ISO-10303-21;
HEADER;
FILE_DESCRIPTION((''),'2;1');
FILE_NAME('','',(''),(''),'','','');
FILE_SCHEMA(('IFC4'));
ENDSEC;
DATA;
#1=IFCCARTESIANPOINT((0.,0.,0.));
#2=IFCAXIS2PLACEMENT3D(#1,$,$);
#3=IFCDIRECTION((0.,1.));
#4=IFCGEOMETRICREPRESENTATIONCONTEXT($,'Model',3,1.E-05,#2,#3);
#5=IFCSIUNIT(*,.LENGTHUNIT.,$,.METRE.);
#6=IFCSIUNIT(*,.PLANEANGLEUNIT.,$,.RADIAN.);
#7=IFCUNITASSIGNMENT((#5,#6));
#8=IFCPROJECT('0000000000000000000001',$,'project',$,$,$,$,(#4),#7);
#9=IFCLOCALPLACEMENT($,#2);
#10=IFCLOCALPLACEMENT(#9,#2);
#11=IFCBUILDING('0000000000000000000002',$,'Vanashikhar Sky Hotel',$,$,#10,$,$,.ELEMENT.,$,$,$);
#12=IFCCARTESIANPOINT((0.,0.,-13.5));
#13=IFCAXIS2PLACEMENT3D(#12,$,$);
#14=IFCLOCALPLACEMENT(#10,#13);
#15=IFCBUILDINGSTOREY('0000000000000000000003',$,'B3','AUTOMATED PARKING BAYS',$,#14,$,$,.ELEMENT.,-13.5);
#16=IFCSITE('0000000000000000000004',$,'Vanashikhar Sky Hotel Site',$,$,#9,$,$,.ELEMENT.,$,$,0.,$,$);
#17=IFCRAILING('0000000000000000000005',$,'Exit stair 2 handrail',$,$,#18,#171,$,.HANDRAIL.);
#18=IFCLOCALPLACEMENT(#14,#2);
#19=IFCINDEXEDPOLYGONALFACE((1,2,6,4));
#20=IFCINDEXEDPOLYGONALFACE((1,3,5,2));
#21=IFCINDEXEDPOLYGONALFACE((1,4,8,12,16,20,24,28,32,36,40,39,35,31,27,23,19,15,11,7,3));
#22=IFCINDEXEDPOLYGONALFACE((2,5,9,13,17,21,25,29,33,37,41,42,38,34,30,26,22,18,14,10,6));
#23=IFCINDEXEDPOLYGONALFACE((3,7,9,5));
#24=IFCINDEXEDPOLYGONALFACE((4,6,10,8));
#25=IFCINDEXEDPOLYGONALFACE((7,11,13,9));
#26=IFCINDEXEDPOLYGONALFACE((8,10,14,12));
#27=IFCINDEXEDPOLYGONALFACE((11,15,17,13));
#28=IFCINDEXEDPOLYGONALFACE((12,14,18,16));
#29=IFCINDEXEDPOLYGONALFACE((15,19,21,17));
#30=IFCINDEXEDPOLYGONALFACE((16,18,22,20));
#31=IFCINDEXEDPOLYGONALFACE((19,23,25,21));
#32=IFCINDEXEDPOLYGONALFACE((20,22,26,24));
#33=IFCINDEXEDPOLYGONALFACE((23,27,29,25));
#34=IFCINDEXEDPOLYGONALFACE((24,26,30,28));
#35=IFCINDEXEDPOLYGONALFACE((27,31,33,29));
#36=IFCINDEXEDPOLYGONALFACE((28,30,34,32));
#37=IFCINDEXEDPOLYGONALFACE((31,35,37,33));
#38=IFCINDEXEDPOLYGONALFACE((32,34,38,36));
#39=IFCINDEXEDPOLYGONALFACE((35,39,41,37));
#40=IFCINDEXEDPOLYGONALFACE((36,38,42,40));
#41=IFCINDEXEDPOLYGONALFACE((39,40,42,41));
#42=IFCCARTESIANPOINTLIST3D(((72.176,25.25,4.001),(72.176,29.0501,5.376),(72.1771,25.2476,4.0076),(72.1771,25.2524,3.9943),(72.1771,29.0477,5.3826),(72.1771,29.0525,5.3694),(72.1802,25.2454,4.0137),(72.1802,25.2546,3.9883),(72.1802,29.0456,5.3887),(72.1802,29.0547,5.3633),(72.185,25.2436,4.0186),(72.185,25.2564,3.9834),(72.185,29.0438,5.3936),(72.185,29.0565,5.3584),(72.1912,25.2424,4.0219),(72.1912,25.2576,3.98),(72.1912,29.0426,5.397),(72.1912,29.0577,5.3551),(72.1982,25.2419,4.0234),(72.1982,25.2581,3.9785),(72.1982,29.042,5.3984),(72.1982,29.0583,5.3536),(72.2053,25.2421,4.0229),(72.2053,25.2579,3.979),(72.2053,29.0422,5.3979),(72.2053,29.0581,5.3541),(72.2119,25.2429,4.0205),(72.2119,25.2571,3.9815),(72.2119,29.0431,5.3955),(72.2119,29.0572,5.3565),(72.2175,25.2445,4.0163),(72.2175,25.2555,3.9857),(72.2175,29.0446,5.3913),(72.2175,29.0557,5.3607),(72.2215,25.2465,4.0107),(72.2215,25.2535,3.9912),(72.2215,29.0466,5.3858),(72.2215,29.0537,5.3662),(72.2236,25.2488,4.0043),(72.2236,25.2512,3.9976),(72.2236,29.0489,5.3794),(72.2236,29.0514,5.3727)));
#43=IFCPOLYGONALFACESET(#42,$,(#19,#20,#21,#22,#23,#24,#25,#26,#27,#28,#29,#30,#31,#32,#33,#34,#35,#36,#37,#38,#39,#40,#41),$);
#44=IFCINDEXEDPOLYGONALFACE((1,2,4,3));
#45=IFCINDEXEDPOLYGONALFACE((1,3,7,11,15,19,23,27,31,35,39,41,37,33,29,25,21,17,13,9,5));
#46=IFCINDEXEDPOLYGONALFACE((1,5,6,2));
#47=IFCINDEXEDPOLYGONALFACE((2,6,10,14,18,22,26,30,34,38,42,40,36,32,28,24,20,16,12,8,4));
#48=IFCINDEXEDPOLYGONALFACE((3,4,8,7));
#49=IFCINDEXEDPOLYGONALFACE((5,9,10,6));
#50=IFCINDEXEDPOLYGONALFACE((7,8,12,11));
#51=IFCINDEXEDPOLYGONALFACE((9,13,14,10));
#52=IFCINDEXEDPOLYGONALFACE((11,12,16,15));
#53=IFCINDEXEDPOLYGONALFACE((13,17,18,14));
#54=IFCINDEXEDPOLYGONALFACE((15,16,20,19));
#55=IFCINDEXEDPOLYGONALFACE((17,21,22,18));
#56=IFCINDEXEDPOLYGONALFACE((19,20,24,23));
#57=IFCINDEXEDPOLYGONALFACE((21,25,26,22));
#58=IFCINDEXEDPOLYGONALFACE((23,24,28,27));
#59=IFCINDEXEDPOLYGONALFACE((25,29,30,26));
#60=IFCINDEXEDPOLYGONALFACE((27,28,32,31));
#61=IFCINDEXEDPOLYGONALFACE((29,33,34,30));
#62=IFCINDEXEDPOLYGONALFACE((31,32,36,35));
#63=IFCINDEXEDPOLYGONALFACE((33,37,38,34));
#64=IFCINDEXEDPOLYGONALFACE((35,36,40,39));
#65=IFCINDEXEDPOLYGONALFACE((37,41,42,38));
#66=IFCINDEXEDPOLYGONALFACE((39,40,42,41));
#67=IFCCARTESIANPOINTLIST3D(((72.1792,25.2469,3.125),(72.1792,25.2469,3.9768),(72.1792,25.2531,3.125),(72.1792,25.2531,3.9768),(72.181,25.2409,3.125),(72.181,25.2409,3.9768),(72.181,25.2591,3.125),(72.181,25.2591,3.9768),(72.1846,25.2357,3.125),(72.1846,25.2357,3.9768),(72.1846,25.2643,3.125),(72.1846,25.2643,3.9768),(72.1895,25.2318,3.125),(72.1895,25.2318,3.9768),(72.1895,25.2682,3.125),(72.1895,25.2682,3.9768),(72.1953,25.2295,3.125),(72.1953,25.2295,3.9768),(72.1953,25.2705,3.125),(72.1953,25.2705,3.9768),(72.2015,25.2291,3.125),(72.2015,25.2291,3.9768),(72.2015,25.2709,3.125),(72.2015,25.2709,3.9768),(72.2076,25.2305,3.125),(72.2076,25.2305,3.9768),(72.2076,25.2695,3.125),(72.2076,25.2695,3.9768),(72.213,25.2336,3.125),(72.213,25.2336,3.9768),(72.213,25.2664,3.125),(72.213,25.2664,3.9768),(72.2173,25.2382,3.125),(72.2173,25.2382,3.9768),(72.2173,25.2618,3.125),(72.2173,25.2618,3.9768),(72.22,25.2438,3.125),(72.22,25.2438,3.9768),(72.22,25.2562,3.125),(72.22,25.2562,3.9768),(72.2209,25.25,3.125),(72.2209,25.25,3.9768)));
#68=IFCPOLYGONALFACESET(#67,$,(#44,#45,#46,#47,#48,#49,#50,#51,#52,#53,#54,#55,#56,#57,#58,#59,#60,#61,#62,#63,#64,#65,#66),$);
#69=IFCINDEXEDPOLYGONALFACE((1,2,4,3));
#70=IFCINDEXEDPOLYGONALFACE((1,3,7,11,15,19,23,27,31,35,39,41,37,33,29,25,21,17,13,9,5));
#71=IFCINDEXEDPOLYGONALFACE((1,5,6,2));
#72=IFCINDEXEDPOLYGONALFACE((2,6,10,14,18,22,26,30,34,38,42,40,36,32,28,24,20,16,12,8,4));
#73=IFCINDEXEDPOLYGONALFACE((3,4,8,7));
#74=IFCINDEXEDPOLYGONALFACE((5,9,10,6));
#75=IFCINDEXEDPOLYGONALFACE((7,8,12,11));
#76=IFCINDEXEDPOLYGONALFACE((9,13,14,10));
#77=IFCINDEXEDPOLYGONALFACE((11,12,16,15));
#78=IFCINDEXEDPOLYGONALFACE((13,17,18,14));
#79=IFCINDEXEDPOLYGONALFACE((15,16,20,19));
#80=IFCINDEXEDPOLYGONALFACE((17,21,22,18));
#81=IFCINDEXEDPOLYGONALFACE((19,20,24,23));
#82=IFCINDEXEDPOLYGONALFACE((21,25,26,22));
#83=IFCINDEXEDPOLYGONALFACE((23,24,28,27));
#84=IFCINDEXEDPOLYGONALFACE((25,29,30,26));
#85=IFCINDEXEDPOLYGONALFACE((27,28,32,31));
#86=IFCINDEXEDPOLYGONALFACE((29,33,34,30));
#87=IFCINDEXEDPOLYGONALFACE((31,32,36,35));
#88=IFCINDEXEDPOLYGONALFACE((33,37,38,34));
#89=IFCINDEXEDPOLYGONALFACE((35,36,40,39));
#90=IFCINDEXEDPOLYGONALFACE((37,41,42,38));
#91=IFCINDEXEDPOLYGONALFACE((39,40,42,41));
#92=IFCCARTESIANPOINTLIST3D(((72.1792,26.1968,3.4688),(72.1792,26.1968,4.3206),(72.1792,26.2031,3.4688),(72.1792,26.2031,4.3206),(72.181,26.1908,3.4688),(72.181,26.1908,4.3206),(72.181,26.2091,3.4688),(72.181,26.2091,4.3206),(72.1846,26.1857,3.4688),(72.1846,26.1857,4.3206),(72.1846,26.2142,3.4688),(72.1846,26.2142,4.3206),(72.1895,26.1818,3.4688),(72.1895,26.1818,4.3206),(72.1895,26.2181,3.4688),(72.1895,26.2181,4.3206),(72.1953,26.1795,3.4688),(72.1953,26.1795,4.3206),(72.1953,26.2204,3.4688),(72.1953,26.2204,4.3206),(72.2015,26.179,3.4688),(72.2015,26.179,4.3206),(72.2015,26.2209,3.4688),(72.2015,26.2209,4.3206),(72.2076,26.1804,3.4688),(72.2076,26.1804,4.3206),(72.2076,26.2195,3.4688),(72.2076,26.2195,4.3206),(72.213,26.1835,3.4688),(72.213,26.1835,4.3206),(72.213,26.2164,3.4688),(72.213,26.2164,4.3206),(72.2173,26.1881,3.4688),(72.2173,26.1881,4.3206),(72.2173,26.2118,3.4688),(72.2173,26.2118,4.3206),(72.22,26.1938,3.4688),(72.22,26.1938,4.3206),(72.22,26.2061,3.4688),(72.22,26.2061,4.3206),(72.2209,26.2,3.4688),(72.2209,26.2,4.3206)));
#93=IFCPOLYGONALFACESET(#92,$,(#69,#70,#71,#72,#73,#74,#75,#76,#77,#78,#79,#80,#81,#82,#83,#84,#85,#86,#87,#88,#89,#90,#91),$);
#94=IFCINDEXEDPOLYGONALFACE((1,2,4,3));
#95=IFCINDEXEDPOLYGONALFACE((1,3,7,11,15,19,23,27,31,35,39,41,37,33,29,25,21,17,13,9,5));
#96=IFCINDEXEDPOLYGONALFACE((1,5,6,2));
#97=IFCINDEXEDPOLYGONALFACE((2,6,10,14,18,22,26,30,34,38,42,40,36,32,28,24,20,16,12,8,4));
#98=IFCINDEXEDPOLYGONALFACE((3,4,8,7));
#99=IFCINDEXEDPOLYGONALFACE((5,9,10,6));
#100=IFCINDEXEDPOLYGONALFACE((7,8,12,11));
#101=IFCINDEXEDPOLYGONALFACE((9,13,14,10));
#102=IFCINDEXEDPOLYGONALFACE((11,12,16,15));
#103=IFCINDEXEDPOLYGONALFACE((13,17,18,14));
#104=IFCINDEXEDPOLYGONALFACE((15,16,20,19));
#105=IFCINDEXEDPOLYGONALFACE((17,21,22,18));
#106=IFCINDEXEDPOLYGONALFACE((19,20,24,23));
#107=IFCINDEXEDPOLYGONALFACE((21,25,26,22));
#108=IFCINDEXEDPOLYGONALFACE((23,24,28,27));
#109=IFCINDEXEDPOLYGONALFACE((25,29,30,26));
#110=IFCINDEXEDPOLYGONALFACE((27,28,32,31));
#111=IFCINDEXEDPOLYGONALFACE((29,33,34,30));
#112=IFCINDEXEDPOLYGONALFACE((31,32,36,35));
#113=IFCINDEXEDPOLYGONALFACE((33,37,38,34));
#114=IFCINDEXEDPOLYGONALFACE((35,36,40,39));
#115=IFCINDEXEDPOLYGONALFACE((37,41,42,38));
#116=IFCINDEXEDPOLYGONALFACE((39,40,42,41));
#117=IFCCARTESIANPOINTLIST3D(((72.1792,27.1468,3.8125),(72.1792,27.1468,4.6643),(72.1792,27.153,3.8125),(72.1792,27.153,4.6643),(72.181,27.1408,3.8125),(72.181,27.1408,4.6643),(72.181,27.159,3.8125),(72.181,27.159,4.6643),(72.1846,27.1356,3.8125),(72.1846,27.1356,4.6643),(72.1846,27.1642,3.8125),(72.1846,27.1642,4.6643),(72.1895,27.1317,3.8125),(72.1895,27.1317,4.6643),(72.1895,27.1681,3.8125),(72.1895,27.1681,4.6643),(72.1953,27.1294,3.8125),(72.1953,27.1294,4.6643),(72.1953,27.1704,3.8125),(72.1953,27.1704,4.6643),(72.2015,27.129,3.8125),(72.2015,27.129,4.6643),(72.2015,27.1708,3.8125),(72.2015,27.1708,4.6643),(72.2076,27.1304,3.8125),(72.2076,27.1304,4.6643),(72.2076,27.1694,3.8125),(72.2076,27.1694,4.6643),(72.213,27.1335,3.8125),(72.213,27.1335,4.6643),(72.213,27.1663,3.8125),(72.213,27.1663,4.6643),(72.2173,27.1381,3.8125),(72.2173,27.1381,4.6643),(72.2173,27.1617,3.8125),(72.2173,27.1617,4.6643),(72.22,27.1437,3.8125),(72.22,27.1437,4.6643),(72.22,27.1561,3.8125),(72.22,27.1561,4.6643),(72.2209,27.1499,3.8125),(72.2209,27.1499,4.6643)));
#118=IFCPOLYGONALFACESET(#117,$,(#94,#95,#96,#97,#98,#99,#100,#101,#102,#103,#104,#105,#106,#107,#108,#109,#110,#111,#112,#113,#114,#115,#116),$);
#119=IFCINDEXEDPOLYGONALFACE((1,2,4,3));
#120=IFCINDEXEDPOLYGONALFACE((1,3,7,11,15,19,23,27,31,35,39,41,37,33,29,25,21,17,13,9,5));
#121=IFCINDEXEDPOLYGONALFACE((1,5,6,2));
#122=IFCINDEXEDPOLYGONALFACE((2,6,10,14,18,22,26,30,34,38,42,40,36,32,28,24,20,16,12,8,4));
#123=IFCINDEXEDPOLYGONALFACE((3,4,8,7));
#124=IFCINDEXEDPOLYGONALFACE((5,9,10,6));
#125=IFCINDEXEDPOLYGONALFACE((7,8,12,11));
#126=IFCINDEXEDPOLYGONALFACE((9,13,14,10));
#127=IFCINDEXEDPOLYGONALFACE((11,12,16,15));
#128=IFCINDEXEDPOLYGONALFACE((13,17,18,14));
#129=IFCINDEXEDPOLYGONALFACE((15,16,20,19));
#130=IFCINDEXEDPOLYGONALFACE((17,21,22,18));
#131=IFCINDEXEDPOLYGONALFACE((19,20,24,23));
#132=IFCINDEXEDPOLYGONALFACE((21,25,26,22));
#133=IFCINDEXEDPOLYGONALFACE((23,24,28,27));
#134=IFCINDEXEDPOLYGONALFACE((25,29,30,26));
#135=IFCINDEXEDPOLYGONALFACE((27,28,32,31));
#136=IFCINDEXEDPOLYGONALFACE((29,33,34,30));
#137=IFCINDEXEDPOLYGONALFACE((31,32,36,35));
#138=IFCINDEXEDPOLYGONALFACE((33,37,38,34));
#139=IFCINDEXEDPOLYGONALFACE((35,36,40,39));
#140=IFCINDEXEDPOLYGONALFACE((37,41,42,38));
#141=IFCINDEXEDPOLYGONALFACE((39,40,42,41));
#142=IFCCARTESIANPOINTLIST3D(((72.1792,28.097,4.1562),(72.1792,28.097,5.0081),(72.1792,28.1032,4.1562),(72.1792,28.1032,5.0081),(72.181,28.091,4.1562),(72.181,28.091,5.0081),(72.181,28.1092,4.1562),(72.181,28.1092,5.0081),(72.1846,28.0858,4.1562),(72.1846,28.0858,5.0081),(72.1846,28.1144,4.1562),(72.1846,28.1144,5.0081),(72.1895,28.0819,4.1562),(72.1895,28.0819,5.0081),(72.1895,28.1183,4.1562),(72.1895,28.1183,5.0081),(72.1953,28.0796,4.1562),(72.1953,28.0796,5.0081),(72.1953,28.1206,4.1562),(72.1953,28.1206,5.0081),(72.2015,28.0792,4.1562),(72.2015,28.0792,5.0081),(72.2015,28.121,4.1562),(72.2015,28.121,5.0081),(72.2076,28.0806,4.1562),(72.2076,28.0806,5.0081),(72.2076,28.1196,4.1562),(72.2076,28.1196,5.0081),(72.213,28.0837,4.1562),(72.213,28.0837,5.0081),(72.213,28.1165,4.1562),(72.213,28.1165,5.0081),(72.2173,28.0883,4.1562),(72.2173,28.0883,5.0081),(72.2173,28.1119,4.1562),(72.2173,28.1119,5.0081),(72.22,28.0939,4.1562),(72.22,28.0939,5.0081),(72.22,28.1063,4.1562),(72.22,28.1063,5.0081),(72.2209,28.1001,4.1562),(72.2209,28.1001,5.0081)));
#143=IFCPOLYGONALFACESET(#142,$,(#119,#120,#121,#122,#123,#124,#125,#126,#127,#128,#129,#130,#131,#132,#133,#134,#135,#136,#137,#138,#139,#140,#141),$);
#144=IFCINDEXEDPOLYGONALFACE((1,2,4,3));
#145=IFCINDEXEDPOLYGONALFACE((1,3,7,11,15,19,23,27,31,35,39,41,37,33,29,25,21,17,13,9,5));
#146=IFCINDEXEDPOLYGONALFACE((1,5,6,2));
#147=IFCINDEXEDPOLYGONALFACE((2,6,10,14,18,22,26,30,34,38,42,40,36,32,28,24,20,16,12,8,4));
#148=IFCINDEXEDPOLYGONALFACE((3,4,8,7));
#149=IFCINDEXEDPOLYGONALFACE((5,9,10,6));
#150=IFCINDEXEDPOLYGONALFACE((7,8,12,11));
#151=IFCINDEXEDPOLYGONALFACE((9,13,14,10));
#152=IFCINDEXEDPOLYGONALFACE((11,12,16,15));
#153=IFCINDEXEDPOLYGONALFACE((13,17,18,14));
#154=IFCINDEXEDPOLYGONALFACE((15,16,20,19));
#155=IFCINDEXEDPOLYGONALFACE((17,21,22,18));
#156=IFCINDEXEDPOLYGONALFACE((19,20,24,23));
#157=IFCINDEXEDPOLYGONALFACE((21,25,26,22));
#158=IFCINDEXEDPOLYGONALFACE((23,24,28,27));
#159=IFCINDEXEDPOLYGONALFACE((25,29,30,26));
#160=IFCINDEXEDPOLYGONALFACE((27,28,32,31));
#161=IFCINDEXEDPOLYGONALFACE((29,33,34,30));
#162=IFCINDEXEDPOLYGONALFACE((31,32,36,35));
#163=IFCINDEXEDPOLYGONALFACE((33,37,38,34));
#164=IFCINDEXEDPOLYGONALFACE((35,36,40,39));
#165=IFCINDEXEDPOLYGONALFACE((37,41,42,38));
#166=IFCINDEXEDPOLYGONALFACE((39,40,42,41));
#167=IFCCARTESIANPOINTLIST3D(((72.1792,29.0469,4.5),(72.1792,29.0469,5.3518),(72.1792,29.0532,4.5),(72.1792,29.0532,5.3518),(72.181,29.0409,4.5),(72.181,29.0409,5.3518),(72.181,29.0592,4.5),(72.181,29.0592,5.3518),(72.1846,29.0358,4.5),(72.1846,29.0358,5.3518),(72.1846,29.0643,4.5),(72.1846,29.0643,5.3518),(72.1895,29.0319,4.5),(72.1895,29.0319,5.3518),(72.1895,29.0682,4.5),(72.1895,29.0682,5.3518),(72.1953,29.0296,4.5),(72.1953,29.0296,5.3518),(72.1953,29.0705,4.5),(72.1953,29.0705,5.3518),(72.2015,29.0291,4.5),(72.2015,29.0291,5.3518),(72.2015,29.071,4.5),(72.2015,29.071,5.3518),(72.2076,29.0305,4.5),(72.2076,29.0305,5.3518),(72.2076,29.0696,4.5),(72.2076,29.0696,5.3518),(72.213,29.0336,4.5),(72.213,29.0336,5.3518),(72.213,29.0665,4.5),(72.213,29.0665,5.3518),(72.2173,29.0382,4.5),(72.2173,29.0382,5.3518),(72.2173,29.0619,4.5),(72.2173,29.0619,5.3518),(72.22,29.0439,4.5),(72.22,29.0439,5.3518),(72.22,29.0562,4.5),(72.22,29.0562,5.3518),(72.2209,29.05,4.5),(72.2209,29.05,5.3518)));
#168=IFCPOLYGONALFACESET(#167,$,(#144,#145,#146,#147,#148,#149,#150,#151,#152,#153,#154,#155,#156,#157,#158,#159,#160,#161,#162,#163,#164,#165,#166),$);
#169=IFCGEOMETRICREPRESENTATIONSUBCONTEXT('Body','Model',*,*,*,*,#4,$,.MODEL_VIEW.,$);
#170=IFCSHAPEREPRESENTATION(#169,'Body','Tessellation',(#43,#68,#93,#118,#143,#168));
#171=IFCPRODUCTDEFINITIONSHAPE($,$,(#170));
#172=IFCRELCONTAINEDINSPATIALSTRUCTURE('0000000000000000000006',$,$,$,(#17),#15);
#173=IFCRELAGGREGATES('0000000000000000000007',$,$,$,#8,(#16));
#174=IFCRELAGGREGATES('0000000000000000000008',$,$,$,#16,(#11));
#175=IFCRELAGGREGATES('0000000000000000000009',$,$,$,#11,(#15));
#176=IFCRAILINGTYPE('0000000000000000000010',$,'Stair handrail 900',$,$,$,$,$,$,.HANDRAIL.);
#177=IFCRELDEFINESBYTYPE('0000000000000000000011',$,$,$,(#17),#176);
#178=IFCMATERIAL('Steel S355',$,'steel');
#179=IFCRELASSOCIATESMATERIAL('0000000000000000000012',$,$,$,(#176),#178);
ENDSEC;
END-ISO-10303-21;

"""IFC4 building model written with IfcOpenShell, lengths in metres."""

from ifc_helpers import new_model, si_unit, direction, frame, origin, origin_2d, place, context, subcontext, project, spatial, circle, extrude, source, transform, mapped, material, type_object, element, save


model = new_model("IFC4")

# Units and contexts
model_context = context("Model", 3, precision=1e-05, world=origin(), true_north=direction((0.0, 1.0)))
body_context = subcontext(model_context, "Body", "Model", "MODEL_VIEW")
ifc_project = project(units=[si_unit("LENGTHUNIT", "METRE"), si_unit("PLANEANGLEUNIT", "RADIAN")], contexts=[model_context])

# Site, building, storey
site_placement = place(None, origin())
site = spatial("IfcSite", under=ifc_project, at=site_placement, Name="Vanashikhar Sky Hotel Site", CompositionType="ELEMENT", RefElevation=0.0)
building_placement = place(site_placement, origin())
building = spatial("IfcBuilding", under=site, at=building_placement, Name="Vanashikhar Sky Hotel", CompositionType="ELEMENT")
storey_placement = place(building_placement, frame((0.0, 0.0, -13.5)))
storey = spatial("IfcBuildingStorey", under=building, at=storey_placement, Name="B3", Description="AUTOMATED PARKING BAYS", CompositionType="ELEMENT", Elevation=-13.5)

# Railing
ifc_material_1 = material(Name="Steel S355", Category="steel")
railing_type_1 = type_object("IfcRailingType", Name="Stair handrail 900", PredefinedType="HANDRAIL", material=ifc_material_1)
shared_shape_1 = source(origin(), body_context, "Body", "SweptSolid", [
    extrude(circle(Radius=0.0239, at=origin_2d()), frame((0.0, 0.0, 0.876), z_axis=(0.0, 0.940336, 0.340249), x_axis=(-1.0, 0.0, 0.0)), (0.0, 0.0, 1.0), 4.0413),
    extrude(circle(Radius=0.021, at=origin_2d()), origin(), (0.0, 0.0, 1.0), 0.8518),
    extrude(circle(Radius=0.021, at=origin_2d()), frame((0.0, 0.95, 0.3438)), (0.0, 0.0, 1.0), 0.8518),
    extrude(circle(Radius=0.021, at=origin_2d()), frame((0.0, 1.8999, 0.6875)), (0.0, 0.0, 1.0), 0.8518),
    extrude(circle(Radius=0.021, at=origin_2d()), frame((0.0, 2.8501, 1.0312)), (0.0, 0.0, 1.0), 0.8518),
    extrude(circle(Radius=0.021, at=origin_2d()), frame((0.0, 3.8, 1.375)), (0.0, 0.0, 1.0), 0.8518),
])
for number, where, name in (
    (1, (72.2, 25.25, 3.125), "Exit stair 2 handrail"),
):
    element("IfcRailing", number, at=place(storey_placement, frame(where)), inside=storey, type_object=railing_type_1, Name=name, PredefinedType="HANDRAIL", context=body_context, shape_type="MappedRepresentation", body=[
        mapped(shared_shape_1, transform((0.0, 0.0, 0.0), scale=1.0)),
    ])

save(model, "model.ifc")
